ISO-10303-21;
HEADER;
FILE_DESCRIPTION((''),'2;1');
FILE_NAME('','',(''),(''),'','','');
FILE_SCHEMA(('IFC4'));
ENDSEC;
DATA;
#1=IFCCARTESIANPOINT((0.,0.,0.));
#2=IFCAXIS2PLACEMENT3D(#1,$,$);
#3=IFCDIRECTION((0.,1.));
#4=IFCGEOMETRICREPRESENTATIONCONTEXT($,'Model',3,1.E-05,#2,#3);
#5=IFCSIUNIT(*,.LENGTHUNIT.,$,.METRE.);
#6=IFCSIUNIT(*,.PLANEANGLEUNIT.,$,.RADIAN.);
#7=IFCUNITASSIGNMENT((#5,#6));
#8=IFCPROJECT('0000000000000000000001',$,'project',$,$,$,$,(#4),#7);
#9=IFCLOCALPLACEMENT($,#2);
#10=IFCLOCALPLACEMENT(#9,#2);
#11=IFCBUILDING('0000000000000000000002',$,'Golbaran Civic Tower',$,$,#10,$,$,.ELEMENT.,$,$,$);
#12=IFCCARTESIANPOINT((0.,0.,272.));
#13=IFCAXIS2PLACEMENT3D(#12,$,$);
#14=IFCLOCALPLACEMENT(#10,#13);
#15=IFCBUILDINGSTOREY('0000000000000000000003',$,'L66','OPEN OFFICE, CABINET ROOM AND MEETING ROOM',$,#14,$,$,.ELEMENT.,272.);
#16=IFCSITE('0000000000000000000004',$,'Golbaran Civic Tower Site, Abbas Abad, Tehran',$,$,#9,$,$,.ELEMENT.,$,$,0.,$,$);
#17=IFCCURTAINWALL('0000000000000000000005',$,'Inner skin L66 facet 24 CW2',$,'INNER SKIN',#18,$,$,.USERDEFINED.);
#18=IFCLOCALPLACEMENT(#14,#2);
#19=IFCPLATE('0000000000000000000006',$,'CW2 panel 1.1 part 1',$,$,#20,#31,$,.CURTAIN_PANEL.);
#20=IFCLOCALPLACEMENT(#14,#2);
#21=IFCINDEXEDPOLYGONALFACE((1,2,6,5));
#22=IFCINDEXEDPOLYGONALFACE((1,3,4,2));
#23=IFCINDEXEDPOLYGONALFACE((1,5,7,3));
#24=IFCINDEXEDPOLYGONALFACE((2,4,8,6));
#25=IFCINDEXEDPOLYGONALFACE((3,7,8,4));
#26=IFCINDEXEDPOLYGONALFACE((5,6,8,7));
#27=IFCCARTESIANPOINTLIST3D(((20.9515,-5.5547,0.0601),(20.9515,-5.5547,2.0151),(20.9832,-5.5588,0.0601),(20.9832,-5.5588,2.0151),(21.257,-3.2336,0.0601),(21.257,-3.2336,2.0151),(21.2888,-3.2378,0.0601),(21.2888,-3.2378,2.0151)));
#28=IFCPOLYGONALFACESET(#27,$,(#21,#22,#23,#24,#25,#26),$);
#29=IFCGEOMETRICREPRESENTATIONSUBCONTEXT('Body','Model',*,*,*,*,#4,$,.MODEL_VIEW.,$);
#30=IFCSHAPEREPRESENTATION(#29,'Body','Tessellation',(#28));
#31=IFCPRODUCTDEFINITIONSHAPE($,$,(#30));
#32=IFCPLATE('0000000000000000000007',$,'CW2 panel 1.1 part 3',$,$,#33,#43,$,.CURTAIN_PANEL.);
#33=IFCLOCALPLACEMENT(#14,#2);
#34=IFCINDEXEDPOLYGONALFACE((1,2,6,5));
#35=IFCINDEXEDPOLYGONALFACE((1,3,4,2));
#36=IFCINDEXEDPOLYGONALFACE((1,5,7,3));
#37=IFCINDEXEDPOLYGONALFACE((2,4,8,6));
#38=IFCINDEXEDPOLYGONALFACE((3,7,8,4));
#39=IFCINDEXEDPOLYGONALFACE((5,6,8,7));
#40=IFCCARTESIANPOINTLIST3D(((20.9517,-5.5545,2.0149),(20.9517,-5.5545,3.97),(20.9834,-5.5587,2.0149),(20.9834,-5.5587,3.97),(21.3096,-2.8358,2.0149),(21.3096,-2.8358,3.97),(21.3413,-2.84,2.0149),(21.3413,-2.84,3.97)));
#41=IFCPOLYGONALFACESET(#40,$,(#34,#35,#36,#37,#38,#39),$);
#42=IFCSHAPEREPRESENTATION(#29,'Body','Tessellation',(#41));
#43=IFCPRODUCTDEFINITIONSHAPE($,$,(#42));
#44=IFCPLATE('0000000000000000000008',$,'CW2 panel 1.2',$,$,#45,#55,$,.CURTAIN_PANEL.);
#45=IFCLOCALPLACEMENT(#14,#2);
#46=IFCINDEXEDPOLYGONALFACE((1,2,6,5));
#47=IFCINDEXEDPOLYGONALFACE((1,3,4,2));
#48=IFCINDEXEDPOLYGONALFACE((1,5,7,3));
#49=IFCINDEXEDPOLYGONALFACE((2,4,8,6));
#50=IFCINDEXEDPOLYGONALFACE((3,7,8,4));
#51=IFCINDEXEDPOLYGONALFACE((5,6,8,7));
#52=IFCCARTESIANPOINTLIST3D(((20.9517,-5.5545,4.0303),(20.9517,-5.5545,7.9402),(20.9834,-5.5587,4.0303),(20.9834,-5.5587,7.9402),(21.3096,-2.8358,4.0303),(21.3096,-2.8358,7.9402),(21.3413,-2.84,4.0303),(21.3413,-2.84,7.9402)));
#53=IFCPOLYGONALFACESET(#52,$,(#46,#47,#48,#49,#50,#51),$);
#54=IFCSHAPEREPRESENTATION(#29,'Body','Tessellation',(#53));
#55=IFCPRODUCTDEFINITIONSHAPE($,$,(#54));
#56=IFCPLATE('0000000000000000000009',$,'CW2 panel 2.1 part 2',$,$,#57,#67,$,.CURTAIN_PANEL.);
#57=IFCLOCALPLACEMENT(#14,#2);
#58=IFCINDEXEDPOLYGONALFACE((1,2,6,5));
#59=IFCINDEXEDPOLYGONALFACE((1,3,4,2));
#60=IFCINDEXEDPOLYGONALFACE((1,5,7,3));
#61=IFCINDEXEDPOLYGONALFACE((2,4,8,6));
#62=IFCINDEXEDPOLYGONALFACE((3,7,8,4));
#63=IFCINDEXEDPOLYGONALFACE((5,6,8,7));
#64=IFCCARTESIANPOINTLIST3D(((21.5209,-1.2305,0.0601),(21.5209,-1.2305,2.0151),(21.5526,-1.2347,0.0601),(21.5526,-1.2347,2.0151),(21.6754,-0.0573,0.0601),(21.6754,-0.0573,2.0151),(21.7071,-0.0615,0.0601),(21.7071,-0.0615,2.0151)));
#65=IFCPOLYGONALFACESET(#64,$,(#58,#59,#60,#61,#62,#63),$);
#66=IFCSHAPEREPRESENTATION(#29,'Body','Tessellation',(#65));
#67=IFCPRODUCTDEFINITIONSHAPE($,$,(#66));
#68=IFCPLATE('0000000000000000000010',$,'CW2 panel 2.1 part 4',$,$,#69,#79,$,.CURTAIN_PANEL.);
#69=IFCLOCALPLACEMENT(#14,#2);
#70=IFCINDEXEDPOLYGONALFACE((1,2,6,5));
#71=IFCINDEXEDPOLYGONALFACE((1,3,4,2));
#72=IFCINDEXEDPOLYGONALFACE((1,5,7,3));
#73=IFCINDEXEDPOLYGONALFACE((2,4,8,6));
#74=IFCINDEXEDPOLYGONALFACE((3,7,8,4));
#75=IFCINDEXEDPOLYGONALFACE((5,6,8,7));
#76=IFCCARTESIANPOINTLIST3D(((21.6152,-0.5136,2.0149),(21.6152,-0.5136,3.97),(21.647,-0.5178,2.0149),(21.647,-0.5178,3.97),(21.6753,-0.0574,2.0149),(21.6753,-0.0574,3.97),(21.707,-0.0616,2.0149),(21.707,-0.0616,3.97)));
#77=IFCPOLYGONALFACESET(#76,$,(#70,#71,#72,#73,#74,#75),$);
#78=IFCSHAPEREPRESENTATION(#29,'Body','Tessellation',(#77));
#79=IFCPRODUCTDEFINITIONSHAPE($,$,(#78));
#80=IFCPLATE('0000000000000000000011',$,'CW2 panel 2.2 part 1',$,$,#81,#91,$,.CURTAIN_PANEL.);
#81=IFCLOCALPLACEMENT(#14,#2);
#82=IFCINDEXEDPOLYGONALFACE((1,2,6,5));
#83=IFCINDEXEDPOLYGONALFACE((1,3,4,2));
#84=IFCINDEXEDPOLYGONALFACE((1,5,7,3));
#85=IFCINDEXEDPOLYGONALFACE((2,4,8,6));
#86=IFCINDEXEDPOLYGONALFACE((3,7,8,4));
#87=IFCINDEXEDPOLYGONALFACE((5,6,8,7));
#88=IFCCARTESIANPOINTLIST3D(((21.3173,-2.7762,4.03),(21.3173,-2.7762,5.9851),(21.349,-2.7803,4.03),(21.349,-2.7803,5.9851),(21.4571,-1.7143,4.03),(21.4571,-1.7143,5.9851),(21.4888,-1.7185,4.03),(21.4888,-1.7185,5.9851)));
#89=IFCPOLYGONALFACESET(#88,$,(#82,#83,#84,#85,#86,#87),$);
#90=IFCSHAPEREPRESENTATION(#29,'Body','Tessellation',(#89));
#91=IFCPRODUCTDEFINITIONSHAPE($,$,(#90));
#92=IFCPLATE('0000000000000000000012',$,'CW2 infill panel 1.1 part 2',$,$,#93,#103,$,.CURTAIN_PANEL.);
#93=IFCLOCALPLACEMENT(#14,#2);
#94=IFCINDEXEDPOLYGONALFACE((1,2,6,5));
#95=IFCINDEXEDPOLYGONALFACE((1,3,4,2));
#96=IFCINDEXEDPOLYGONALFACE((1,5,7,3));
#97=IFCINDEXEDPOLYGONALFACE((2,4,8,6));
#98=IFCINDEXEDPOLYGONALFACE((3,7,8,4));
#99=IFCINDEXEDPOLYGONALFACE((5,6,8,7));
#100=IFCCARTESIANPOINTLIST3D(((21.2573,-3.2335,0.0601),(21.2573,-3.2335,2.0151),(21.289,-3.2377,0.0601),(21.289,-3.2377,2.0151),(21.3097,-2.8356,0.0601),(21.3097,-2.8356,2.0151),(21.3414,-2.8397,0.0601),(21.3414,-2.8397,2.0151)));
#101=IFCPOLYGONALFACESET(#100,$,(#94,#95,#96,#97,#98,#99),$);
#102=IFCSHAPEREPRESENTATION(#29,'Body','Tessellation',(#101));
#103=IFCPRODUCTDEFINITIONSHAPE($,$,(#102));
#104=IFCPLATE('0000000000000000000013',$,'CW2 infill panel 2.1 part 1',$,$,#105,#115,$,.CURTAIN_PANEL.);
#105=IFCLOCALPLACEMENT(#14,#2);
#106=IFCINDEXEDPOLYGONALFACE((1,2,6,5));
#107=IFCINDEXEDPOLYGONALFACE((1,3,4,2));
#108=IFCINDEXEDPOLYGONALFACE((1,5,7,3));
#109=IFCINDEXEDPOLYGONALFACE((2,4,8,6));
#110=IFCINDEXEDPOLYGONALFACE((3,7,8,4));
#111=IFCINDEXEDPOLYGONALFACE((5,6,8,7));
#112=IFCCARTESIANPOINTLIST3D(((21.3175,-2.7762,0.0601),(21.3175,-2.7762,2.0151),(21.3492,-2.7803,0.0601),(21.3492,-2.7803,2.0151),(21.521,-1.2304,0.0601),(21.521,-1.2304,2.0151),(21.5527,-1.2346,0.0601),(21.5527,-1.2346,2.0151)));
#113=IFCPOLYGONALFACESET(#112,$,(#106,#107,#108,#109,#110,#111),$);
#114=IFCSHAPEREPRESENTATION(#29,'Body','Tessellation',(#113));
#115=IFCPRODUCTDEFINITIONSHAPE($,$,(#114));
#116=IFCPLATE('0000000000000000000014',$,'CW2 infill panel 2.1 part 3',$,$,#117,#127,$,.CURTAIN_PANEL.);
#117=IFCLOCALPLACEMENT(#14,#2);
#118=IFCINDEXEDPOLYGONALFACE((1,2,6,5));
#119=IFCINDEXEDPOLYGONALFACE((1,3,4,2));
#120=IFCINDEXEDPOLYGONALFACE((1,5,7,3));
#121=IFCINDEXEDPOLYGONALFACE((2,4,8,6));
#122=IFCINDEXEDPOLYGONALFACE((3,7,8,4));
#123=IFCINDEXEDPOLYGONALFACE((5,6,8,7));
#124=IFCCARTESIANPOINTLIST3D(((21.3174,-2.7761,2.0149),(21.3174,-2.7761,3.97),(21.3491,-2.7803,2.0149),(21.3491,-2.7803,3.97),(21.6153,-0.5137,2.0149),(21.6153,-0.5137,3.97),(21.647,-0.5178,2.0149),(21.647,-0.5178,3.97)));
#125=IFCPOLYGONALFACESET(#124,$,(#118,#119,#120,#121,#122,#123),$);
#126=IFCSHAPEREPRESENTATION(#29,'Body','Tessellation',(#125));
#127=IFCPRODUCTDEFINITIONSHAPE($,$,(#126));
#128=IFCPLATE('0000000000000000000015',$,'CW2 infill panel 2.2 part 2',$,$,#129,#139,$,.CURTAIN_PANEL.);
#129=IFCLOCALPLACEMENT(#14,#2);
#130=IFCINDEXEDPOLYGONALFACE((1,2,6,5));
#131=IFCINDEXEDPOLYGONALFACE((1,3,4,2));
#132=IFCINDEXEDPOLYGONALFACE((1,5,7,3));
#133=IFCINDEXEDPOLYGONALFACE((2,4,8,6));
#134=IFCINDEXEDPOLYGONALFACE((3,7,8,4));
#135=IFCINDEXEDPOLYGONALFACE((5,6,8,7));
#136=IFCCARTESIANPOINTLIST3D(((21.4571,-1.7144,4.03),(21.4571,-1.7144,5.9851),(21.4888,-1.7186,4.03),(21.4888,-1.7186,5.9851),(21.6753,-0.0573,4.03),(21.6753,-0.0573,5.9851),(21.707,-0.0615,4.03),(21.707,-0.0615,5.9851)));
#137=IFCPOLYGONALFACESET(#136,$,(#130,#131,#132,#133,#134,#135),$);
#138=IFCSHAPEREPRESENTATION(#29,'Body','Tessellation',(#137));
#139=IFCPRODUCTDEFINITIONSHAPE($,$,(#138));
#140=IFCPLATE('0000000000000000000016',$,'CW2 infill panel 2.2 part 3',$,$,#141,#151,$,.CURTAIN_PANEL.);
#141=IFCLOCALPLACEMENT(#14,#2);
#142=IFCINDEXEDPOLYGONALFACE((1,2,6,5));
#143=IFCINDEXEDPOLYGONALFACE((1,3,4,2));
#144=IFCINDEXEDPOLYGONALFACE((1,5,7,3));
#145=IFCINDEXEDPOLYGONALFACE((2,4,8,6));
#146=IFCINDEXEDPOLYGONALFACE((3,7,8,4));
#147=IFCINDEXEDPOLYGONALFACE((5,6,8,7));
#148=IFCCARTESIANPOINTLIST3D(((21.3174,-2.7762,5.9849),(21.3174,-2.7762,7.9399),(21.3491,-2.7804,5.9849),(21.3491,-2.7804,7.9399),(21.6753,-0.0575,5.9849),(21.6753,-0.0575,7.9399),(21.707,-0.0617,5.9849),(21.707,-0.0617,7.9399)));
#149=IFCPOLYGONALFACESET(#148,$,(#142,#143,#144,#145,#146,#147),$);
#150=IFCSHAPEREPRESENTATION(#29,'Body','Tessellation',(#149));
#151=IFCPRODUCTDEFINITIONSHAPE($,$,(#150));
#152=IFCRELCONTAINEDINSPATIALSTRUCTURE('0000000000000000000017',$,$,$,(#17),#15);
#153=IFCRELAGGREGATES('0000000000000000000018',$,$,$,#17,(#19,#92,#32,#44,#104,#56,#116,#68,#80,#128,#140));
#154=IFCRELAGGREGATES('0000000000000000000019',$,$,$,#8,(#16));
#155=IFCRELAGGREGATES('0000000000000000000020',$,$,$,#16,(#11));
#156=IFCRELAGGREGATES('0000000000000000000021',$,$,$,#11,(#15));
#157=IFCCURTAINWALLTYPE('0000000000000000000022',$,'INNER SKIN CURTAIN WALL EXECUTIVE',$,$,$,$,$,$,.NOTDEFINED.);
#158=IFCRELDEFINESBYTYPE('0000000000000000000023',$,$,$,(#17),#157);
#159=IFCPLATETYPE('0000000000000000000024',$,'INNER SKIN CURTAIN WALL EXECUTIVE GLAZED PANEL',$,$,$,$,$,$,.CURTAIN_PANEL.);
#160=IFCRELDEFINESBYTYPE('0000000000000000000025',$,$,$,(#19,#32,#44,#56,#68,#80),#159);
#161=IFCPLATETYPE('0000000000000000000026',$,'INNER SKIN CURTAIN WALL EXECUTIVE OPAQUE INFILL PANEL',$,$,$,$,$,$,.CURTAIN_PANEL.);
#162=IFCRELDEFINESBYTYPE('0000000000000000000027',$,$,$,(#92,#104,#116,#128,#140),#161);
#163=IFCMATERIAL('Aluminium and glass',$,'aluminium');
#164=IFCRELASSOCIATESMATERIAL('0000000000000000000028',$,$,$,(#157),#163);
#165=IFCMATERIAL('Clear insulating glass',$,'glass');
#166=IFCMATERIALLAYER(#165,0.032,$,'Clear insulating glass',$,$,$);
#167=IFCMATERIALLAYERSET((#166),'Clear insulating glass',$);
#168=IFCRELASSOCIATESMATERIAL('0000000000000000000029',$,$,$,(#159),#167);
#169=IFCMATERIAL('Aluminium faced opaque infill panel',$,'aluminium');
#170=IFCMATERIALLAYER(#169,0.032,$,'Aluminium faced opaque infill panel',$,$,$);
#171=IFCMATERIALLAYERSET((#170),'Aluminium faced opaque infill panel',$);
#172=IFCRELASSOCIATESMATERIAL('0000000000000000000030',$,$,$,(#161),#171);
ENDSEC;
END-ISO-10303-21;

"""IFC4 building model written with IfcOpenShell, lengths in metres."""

from ifc_helpers import new_model, si_unit, direction, frame, origin, origin_2d, place, context, subcontext, project, spatial, rectangle, extrude, material, layer, layer_set, type_object, element, aggregate, save


model = new_model("IFC4")

# Units and contexts
model_context = context("Model", 3, precision=1e-05, world=origin(), true_north=direction((0.0, 1.0)))
body_context = subcontext(model_context, "Body", "Model", "MODEL_VIEW")
ifc_project = project(units=[si_unit("LENGTHUNIT", "METRE"), si_unit("PLANEANGLEUNIT", "RADIAN")], contexts=[model_context])

# Site, building, storey
site_placement = place(None, origin())
site = spatial("IfcSite", under=ifc_project, at=site_placement, Name="Golbaran Civic Tower Site, Abbas Abad, Tehran", CompositionType="ELEMENT", RefElevation=0.0)
building_placement = place(site_placement, origin())
building = spatial("IfcBuilding", under=site, at=building_placement, Name="Golbaran Civic Tower", CompositionType="ELEMENT")
storey_placement = place(building_placement, frame((0.0, 0.0, 272.0)))
storey = spatial("IfcBuildingStorey", under=building, at=storey_placement, Name="L66", Description="OPEN OFFICE, CABINET ROOM AND MEETING ROOM", CompositionType="ELEMENT", Elevation=272.0)

# Curtain wall, plates
ifc_material_1 = material(Name="Aluminium and glass", Category="aluminium")
curtain_wall_type = type_object("IfcCurtainWallType", Name="INNER SKIN CURTAIN WALL EXECUTIVE", PredefinedType="NOTDEFINED", material=ifc_material_1)
curtain_wall_placement = place(storey_placement, origin())
curtain_wall = element("IfcCurtainWall", 1, at=curtain_wall_placement, inside=storey, type_object=curtain_wall_type, Name="Inner skin L66 facet 24 CW2", ObjectType="INNER SKIN", PredefinedType="USERDEFINED")
ifc_material_2 = material(Name="Clear insulating glass", Category="glass")
ifc_layer_1 = layer(ifc_material_2, 0.032, Name="Clear insulating glass")
ifc_layer_set_1 = layer_set([ifc_layer_1], Name="Clear insulating glass")
plate_type_1 = type_object("IfcPlateType", Name="INNER SKIN CURTAIN WALL EXECUTIVE GLAZED PANEL", PredefinedType="CURTAIN_PANEL", material=ifc_layer_set_1)
plate_1_placement = place(storey_placement, frame((21.1201, -4.3962, 0.0601), z_axis=(0.0, 0.0, 1.0), x_axis=(0.130526, 0.991445, 0.0)))
plate_1 = element("IfcPlate", 2, at=plate_1_placement, type_object=plate_type_1, Name="CW2 panel 1.1 part 1", PredefinedType="CURTAIN_PANEL", context=body_context, shape_type="SweptSolid", body=[
    extrude(rectangle(XDim=2.3411, YDim=0.032, at=origin_2d()), origin(), (0.0, 0.0, 1.0), 1.9551),
])
plate_2_placement = place(storey_placement, frame((21.1465, -4.1973, 2.0149), z_axis=(0.0, 0.0, 1.0), x_axis=(0.130526, 0.991445, 0.0)))
plate_2 = element("IfcPlate", 3, at=plate_2_placement, type_object=plate_type_1, Name="CW2 panel 1.1 part 3", PredefinedType="CURTAIN_PANEL", context=body_context, shape_type="SweptSolid", body=[
    extrude(rectangle(XDim=2.7422, YDim=0.032, at=origin_2d()), origin(), (0.0, 0.0, 1.0), 1.9551),
])
plate_3_placement = place(storey_placement, frame((21.1465, -4.1973, 4.0303), z_axis=(0.0, 0.0, 1.0), x_axis=(0.130526, 0.991445, 0.0)))
plate_3 = element("IfcPlate", 4, at=plate_3_placement, type_object=plate_type_1, Name="CW2 panel 1.2", PredefinedType="CURTAIN_PANEL", context=body_context, shape_type="SweptSolid", body=[
    extrude(rectangle(XDim=2.7422, YDim=0.032, at=origin_2d()), origin(), (0.0, 0.0, 1.0), 3.9099),
])
plate_4_placement = place(storey_placement, frame((21.614, -0.646, 0.0601), z_axis=(0.0, 0.0, 1.0), x_axis=(0.130526, 0.991445, 0.0)))
plate_4 = element("IfcPlate", 5, at=plate_4_placement, type_object=plate_type_1, Name="CW2 panel 2.1 part 2", PredefinedType="CURTAIN_PANEL", context=body_context, shape_type="SweptSolid", body=[
    extrude(rectangle(XDim=1.1833, YDim=0.032, at=origin_2d()), origin(), (0.0, 0.0, 1.0), 1.9551),
])
plate_5_placement = place(storey_placement, frame((21.6611, -0.2876, 2.0149), z_axis=(0.0, 0.0, 1.0), x_axis=(0.130526, 0.991445, 0.0)))
plate_5 = element("IfcPlate", 6, at=plate_5_placement, type_object=plate_type_1, Name="CW2 panel 2.1 part 4", PredefinedType="CURTAIN_PANEL", context=body_context, shape_type="SweptSolid", body=[
    extrude(rectangle(XDim=0.4602, YDim=0.032, at=origin_2d()), origin(), (0.0, 0.0, 1.0), 1.9551),
])
plate_6_placement = place(storey_placement, frame((21.4031, -2.2473, 4.03), z_axis=(0.0, 0.0, 1.0), x_axis=(0.130526, 0.991445, 0.0)))
plate_6 = element("IfcPlate", 7, at=plate_6_placement, type_object=plate_type_1, Name="CW2 panel 2.2 part 1", PredefinedType="CURTAIN_PANEL", context=body_context, shape_type="SweptSolid", body=[
    extrude(rectangle(XDim=1.071, YDim=0.032, at=origin_2d()), origin(), (0.0, 0.0, 1.0), 1.9551),
])
ifc_material_3 = material(Name="Aluminium faced opaque infill panel", Category="aluminium")
ifc_layer_2 = layer(ifc_material_3, 0.032, Name="Aluminium faced opaque infill panel")
ifc_layer_set_2 = layer_set([ifc_layer_2], Name="Aluminium faced opaque infill panel")
plate_type_2 = type_object("IfcPlateType", Name="INNER SKIN CURTAIN WALL EXECUTIVE OPAQUE INFILL PANEL", PredefinedType="CURTAIN_PANEL", material=ifc_layer_set_2)
plate_7_placement = place(storey_placement, frame((21.2993, -3.0366, 0.0601), z_axis=(0.0, 0.0, 1.0), x_axis=(0.130526, 0.991445, 0.0)))
plate_7 = element("IfcPlate", 8, at=plate_7_placement, type_object=plate_type_2, Name="CW2 infill panel 1.1 part 2", PredefinedType="CURTAIN_PANEL", context=body_context, shape_type="SweptSolid", body=[
    extrude(rectangle(XDim=0.4014, YDim=0.032, at=origin_2d()), origin(), (0.0, 0.0, 1.0), 1.9551),
])
plate_8_placement = place(storey_placement, frame((21.4351, -2.0054, 0.0601), z_axis=(0.0, 0.0, 1.0), x_axis=(0.130526, 0.991445, 0.0)))
plate_8 = element("IfcPlate", 9, at=plate_8_placement, type_object=plate_type_2, Name="CW2 infill panel 2.1 part 1", PredefinedType="CURTAIN_PANEL", context=body_context, shape_type="SweptSolid", body=[
    extrude(rectangle(XDim=1.5591, YDim=0.032, at=origin_2d()), origin(), (0.0, 0.0, 1.0), 1.9551),
])
plate_9_placement = place(storey_placement, frame((21.4822, -1.647, 2.0149), z_axis=(0.0, 0.0, 1.0), x_axis=(0.130526, 0.991445, 0.0)))
plate_9 = element("IfcPlate", 10, at=plate_9_placement, type_object=plate_type_2, Name="CW2 infill panel 2.1 part 3", PredefinedType="CURTAIN_PANEL", context=body_context, shape_type="SweptSolid", body=[
    extrude(rectangle(XDim=2.282, YDim=0.032, at=origin_2d()), origin(), (0.0, 0.0, 1.0), 1.9551),
])
plate_10_placement = place(storey_placement, frame((21.582, -0.8879, 4.03), z_axis=(0.0, 0.0, 1.0), x_axis=(0.130526, 0.991445, 0.0)))
plate_10 = element("IfcPlate", 11, at=plate_10_placement, type_object=plate_type_2, Name="CW2 infill panel 2.2 part 2", PredefinedType="CURTAIN_PANEL", context=body_context, shape_type="SweptSolid", body=[
    extrude(rectangle(XDim=1.6714, YDim=0.032, at=origin_2d()), origin(), (0.0, 0.0, 1.0), 1.9551),
])
plate_11_placement = place(storey_placement, frame((21.5122, -1.4189, 5.9849), z_axis=(0.0, 0.0, 1.0), x_axis=(0.130526, 0.991445, 0.0)))
plate_11 = element("IfcPlate", 12, at=plate_11_placement, type_object=plate_type_2, Name="CW2 infill panel 2.2 part 3", PredefinedType="CURTAIN_PANEL", context=body_context, shape_type="SweptSolid", body=[
    extrude(rectangle(XDim=2.7422, YDim=0.032, at=origin_2d()), origin(), (0.0, 0.0, 1.0), 1.9551),
])
aggregate(curtain_wall, [plate_1, plate_7, plate_2, plate_3, plate_8, plate_4, plate_9, plate_5, plate_6, plate_10, plate_11])

save(model, "model.ifc")
